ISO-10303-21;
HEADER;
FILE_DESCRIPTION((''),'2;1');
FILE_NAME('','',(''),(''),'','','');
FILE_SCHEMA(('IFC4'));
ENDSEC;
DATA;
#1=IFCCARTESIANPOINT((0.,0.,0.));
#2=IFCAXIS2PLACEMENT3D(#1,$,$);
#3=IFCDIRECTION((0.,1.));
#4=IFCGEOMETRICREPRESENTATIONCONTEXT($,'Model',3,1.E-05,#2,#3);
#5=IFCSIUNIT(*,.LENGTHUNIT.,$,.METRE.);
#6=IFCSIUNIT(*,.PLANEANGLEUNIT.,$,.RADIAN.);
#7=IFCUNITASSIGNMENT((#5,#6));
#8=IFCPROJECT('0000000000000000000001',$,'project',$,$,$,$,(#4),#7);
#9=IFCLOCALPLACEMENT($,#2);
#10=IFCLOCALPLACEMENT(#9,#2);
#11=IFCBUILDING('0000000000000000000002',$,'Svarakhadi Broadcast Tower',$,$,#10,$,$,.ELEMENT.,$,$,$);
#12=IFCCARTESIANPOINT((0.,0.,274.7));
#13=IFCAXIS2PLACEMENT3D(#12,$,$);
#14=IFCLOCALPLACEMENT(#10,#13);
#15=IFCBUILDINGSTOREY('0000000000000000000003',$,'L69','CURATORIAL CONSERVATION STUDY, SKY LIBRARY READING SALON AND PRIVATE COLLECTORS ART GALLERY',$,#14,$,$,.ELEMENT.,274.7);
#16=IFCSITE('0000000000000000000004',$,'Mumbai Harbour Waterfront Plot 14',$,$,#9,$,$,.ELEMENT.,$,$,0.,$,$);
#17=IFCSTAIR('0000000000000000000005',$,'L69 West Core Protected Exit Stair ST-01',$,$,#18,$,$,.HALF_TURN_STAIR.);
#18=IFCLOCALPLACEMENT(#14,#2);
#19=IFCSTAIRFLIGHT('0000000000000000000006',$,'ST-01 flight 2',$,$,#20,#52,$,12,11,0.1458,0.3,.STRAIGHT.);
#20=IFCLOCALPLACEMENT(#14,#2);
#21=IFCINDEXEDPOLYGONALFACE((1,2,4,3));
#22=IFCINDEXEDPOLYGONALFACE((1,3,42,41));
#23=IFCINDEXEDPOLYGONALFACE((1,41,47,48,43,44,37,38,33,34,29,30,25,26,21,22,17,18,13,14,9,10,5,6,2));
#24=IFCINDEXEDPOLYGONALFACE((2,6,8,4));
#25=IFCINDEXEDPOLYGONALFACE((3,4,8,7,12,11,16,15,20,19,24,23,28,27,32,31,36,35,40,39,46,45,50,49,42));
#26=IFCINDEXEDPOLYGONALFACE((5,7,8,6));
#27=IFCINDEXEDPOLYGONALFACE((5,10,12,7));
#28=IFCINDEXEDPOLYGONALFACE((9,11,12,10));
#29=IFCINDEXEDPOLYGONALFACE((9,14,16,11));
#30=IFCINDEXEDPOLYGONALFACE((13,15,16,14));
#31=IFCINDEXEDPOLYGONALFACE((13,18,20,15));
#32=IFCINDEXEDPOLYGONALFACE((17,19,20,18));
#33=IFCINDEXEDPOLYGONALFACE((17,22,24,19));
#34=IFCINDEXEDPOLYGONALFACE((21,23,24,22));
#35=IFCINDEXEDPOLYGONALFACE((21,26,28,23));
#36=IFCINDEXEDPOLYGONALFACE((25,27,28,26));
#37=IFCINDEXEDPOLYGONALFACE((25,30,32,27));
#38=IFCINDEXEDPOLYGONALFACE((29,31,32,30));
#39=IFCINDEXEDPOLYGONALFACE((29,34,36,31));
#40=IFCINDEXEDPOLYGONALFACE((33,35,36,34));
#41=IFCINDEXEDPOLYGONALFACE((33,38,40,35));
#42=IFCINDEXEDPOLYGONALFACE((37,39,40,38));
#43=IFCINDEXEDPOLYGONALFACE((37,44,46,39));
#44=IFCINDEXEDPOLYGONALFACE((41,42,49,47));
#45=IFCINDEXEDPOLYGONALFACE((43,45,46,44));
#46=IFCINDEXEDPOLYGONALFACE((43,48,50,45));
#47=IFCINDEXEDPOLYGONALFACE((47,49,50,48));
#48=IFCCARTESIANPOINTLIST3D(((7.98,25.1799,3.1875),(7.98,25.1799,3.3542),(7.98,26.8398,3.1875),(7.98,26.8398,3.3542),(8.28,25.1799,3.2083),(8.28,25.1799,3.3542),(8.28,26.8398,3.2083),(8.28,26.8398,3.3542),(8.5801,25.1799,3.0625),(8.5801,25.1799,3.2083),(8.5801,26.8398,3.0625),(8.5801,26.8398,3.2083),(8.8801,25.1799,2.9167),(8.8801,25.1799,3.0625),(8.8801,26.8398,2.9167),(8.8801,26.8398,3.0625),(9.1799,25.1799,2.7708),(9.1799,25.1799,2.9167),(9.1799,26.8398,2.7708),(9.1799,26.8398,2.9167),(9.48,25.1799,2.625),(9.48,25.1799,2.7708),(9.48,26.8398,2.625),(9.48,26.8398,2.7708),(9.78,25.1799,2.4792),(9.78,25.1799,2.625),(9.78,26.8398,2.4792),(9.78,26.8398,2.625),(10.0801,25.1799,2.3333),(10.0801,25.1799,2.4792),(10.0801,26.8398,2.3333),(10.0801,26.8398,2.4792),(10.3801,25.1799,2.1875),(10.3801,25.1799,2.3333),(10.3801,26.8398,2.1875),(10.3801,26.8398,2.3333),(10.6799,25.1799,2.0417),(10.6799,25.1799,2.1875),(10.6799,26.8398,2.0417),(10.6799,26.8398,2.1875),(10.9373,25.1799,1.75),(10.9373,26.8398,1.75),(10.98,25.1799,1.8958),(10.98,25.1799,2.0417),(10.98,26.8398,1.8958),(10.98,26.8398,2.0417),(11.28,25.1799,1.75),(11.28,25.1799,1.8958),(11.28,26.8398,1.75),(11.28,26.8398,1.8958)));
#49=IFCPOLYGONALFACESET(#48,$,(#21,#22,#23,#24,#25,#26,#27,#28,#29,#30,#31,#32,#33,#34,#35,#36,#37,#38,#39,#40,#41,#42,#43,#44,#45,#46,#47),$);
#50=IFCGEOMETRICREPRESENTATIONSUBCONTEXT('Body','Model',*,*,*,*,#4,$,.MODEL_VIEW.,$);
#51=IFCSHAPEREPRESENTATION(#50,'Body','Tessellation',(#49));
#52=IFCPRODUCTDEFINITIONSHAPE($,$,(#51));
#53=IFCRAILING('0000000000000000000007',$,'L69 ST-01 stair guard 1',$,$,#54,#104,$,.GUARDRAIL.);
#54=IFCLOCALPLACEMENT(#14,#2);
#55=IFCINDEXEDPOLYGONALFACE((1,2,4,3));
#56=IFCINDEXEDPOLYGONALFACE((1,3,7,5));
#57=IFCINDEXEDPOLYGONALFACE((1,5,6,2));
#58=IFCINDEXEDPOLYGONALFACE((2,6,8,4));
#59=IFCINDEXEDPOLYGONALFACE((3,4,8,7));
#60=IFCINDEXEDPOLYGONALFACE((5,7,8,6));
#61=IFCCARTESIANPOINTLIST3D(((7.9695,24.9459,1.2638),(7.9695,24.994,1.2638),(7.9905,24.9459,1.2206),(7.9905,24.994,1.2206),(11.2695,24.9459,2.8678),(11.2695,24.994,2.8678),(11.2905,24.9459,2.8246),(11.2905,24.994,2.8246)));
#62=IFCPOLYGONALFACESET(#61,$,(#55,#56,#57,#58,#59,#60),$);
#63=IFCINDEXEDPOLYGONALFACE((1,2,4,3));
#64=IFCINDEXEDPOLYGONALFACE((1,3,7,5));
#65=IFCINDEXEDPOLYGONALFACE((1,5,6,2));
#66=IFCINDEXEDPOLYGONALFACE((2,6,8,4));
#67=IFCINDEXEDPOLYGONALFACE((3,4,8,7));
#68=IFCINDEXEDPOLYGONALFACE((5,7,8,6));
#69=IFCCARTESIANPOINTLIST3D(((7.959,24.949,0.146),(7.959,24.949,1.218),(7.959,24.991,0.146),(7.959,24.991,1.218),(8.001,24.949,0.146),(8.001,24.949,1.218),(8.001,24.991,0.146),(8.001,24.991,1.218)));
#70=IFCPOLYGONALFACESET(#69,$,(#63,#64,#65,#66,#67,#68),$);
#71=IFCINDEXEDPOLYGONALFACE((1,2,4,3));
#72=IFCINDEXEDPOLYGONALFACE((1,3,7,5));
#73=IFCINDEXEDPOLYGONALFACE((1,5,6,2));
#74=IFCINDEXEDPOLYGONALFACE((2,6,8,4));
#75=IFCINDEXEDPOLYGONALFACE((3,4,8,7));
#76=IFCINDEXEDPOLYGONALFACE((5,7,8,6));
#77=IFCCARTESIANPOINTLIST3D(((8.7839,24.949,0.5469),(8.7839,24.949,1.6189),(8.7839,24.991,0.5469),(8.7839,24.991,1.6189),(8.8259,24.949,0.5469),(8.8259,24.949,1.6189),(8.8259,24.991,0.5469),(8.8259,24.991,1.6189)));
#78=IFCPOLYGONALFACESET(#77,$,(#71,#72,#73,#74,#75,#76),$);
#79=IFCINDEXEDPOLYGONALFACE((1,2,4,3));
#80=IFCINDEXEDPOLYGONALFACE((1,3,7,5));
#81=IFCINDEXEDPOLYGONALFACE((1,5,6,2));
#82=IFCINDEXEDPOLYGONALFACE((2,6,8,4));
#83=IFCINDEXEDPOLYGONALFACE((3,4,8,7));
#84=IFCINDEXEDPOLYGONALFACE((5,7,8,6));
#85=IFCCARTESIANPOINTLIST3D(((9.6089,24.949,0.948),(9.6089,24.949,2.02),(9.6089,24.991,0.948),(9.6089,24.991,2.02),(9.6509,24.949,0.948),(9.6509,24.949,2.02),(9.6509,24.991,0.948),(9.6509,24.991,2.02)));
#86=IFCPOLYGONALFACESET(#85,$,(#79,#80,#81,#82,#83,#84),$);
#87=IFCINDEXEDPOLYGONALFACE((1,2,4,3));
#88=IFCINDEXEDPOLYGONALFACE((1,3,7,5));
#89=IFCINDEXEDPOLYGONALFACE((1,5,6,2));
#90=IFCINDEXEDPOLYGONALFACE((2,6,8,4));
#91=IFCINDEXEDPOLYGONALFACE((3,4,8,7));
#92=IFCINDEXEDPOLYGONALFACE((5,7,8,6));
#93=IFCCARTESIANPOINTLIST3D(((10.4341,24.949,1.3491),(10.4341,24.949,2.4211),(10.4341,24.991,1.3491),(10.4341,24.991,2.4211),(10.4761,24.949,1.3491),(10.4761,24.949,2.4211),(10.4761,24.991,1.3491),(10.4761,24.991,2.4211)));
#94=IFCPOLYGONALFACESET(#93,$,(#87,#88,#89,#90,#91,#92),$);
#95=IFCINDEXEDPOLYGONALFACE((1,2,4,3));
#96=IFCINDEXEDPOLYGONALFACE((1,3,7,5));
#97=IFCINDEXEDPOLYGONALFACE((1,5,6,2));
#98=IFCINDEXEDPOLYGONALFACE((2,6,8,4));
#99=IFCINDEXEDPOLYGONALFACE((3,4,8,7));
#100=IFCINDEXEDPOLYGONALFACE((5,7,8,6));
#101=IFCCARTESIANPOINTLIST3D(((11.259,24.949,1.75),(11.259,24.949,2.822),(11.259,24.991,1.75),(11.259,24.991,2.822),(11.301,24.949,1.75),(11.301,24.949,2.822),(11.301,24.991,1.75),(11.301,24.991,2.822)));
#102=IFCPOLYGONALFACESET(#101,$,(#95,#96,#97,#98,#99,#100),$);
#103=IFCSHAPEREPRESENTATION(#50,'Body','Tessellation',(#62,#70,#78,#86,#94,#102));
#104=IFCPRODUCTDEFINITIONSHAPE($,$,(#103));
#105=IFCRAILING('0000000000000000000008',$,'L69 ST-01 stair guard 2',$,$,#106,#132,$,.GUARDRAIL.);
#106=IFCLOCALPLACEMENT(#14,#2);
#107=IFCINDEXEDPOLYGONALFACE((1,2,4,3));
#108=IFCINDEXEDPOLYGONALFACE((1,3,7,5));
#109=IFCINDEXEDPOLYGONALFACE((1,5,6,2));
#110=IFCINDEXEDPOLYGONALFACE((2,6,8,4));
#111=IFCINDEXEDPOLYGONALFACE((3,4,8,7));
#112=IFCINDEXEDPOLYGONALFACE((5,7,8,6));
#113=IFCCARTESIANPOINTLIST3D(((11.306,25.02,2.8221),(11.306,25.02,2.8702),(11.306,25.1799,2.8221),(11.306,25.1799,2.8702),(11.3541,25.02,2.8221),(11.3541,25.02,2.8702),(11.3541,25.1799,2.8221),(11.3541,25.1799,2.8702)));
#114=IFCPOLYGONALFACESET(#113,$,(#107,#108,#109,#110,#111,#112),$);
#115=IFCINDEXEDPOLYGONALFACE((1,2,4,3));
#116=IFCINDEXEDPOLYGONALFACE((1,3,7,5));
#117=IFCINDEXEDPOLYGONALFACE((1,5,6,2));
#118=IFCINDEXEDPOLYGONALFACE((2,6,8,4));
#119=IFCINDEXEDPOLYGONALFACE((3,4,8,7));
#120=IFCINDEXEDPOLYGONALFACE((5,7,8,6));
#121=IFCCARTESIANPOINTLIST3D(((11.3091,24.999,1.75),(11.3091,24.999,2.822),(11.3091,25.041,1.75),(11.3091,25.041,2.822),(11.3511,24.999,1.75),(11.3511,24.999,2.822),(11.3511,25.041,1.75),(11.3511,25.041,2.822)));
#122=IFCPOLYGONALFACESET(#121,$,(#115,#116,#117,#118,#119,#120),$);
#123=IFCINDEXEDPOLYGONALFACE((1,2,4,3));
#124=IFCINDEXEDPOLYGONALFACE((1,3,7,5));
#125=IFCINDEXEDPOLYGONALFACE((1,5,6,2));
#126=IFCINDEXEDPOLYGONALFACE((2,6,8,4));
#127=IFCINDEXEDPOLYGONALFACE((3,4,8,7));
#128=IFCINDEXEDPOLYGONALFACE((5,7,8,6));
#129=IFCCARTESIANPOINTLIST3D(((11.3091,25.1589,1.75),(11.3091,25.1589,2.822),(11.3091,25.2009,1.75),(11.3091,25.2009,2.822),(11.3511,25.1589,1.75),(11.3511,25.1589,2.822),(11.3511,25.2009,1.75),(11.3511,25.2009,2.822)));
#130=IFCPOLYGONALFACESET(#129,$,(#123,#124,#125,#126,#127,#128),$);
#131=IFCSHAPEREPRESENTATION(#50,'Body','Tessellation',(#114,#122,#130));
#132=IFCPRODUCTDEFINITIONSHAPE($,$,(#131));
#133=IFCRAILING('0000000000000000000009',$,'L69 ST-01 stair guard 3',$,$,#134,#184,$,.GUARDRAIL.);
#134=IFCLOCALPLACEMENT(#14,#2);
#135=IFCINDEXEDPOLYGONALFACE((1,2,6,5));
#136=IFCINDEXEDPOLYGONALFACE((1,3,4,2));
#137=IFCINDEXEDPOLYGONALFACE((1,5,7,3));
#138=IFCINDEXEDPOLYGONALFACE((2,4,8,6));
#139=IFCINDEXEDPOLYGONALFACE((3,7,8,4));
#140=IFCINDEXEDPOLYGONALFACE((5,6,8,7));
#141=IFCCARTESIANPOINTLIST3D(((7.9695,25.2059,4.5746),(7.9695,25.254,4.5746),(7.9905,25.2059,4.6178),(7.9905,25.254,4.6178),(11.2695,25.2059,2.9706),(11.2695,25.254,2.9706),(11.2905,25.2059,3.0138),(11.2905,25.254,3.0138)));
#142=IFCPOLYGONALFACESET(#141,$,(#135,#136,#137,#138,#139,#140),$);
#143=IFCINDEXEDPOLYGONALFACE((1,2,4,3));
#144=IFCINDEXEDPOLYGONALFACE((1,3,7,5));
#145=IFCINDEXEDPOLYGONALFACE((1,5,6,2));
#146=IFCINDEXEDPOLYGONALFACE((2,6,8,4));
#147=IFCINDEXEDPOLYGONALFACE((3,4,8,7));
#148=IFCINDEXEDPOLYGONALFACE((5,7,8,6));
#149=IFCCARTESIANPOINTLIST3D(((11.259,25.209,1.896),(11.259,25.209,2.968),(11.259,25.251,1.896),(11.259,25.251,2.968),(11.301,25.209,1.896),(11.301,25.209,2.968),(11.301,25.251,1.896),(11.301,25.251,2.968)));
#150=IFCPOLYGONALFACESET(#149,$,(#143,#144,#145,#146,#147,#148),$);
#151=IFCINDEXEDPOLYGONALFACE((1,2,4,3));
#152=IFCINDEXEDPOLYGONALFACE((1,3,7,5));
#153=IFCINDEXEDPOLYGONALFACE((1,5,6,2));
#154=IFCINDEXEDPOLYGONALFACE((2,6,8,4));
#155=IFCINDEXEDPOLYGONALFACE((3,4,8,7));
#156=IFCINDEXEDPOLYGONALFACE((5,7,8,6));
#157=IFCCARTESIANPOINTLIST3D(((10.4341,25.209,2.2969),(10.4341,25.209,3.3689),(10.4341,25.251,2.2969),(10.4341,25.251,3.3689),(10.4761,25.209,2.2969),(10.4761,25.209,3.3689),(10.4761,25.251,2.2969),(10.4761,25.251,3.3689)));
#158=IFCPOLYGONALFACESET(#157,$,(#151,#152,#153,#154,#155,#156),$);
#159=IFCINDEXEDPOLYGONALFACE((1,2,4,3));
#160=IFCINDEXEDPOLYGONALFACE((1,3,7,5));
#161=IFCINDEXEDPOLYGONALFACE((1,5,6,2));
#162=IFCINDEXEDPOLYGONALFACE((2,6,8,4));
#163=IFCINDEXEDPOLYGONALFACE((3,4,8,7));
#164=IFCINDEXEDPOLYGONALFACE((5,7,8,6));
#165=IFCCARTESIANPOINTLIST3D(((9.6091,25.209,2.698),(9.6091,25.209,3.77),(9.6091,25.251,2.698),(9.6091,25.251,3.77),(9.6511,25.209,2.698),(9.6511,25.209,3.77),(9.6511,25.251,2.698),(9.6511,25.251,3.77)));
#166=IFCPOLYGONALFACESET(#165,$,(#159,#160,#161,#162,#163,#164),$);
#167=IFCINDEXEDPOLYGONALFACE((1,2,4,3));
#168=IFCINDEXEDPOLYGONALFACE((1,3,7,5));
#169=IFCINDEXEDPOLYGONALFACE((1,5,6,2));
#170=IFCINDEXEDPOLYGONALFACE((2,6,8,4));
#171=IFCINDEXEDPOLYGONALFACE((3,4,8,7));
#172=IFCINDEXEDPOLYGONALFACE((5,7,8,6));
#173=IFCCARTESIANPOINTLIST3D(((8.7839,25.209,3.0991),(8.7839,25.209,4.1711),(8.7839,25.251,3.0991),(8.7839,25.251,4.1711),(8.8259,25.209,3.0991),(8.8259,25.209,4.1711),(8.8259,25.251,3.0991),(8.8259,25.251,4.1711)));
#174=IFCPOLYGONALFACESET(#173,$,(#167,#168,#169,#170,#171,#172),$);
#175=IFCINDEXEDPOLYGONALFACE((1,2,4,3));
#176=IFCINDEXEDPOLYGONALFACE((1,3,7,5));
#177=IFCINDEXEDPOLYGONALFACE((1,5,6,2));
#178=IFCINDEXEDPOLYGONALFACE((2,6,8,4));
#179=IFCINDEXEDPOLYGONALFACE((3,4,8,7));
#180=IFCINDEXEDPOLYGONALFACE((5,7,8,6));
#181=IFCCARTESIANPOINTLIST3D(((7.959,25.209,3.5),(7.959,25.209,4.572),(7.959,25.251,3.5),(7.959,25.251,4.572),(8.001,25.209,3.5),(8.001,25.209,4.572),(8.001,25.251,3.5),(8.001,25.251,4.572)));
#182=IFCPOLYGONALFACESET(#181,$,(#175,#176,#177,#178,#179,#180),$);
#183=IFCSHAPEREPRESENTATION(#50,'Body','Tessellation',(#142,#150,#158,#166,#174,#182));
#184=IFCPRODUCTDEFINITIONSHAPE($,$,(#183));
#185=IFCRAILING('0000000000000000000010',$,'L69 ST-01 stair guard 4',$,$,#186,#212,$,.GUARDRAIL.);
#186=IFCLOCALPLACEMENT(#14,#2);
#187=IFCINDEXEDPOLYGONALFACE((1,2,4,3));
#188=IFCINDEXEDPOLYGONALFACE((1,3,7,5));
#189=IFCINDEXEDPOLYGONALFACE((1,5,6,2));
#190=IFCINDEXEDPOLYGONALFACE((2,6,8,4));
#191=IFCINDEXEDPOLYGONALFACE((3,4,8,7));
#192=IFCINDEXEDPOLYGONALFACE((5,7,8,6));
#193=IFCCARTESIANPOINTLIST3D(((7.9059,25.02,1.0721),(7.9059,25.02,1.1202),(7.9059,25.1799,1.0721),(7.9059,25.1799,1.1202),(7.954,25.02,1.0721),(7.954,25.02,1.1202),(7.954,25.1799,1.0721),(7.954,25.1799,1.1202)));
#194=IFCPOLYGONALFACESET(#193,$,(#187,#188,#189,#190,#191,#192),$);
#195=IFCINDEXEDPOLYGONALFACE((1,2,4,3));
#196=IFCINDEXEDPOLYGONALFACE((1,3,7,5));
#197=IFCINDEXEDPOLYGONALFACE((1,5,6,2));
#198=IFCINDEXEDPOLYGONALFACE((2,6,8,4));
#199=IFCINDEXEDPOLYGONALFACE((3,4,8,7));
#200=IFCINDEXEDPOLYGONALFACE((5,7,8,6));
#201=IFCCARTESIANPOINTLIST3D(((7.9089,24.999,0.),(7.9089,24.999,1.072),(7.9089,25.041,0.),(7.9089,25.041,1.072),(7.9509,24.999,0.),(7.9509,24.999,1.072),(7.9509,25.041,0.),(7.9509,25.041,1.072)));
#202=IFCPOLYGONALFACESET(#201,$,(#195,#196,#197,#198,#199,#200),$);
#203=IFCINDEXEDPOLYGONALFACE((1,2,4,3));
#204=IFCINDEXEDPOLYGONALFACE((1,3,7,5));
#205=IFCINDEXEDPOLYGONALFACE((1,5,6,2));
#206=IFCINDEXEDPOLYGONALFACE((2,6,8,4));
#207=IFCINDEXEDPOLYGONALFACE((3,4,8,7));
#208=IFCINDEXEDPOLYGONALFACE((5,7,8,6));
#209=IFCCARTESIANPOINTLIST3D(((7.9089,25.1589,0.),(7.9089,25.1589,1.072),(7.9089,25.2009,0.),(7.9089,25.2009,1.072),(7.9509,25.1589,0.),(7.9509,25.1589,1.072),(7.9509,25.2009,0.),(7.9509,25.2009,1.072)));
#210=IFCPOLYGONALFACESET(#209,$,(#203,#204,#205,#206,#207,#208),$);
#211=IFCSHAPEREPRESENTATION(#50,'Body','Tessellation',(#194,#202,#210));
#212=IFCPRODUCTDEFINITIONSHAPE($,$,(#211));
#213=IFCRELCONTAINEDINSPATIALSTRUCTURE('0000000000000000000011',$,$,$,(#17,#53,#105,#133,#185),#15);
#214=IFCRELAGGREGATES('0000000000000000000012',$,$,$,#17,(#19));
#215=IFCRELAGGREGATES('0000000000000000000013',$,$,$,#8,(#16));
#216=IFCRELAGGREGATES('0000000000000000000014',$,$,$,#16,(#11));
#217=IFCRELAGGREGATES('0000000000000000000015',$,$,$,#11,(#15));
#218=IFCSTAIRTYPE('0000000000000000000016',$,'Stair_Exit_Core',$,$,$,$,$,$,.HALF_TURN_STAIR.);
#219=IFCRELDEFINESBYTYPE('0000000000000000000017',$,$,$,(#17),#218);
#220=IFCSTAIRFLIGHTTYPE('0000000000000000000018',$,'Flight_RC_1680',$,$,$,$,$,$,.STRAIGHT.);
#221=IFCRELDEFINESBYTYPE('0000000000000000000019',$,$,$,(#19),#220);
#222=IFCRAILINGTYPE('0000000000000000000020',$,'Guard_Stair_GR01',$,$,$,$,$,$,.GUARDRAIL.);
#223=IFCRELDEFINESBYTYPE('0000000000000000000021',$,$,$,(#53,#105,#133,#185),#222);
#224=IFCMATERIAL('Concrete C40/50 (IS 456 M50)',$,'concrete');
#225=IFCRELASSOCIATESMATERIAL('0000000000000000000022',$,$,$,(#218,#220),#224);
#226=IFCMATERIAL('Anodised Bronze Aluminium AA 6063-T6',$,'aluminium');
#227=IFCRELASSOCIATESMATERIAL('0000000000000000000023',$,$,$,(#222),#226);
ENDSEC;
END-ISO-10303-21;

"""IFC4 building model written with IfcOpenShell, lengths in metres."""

from ifc_helpers import new_model, si_unit, direction, frame, origin, origin_2d, place, context, subcontext, project, spatial, polyline, rectangle, outline, extrude, material, type_object, element, aggregate, save


model = new_model("IFC4")

# Units and contexts
model_context = context("Model", 3, precision=1e-05, world=origin(), true_north=direction((0.0, 1.0)))
body_context = subcontext(model_context, "Body", "Model", "MODEL_VIEW")
ifc_project = project(units=[si_unit("LENGTHUNIT", "METRE"), si_unit("PLANEANGLEUNIT", "RADIAN")], contexts=[model_context])

# Site, building, storey
site_placement = place(None, origin())
site = spatial("IfcSite", under=ifc_project, at=site_placement, Name="Mumbai Harbour Waterfront Plot 14", CompositionType="ELEMENT", RefElevation=0.0)
building_placement = place(site_placement, origin())
building = spatial("IfcBuilding", under=site, at=building_placement, Name="Svarakhadi Broadcast Tower", CompositionType="ELEMENT")
storey_placement = place(building_placement, frame((0.0, 0.0, 274.7)))
storey = spatial("IfcBuildingStorey", under=building, at=storey_placement, Name="L69", Description="CURATORIAL CONSERVATION STUDY, SKY LIBRARY READING SALON AND PRIVATE COLLECTORS ART GALLERY", CompositionType="ELEMENT", Elevation=274.7)

# Shared definitions
ifc_material_1 = material(Name="Anodised Bronze Aluminium AA 6063-T6", Category="aluminium")

# Shared definitions
ifc_material_2 = material(Name="Concrete C40/50 (IS 456 M50)", Category="concrete")

# Stair, stair flight
stair_type = type_object("IfcStairType", Name="Stair_Exit_Core", PredefinedType="HALF_TURN_STAIR", material=ifc_material_2)
stair_placement = place(storey_placement, origin())
stair = element("IfcStair", 1, at=stair_placement, inside=storey, type_object=stair_type, Name="L69 West Core Protected Exit Stair ST-01", PredefinedType="HALF_TURN_STAIR")
stair_flight_type = type_object("IfcStairFlightType", Name="Flight_RC_1680", PredefinedType="STRAIGHT", material=ifc_material_2)
stair_flight_1_placement = place(storey_placement, frame((11.28, 26.01, 1.75), z_axis=(0.0, 0.0, 1.0), x_axis=(-1.0, 0.0, 0.0)))
stair_flight_1 = element("IfcStairFlight", 2, at=stair_flight_1_placement, type_object=stair_flight_type, Name="ST-01 flight 2", NumberOfRisers=12, NumberOfTreads=11, PredefinedType="STRAIGHT", RiserHeight=0.1458, TreadLength=0.3, context=body_context, shape_type="SweptSolid", body=[
    extrude(outline(polyline([(0.0, 0.0), (0.0, 0.1458), (0.3, 0.1458), (0.3, 0.2917), (0.6001, 0.2917), (0.6001, 0.4375), (0.8999, 0.4375), (0.8999, 0.5833), (1.2, 0.5833), (1.2, 0.7292), (1.5, 0.7292), (1.5, 0.875), (1.8, 0.875), (1.8, 1.0208), (2.1001, 1.0208), (2.1001, 1.1667), (2.3999, 1.1667), (2.3999, 1.3125), (2.7, 1.3125), (2.7, 1.4583), (3.0, 1.4583), (3.0, 1.6042), (3.3, 1.6042), (3.3, 1.75), (3.3, 1.4375), (0.3428, 0.0), (0.0, 0.0)])), frame((0.0, 0.8301, 0.0), z_axis=(0.0, -1.0, 0.0), x_axis=(1.0, 0.0, 0.0)), (0.0, 0.0, 1.0), 1.6599),
])
aggregate(stair, [stair_flight_1])

# Railings
railing_type_1 = type_object("IfcRailingType", Name="Guard_Stair_GR01", PredefinedType="GUARDRAIL", material=ifc_material_1)
railing_1_placement = place(storey_placement, frame((7.98, 24.97, 0.146)))
element("IfcRailing", 3, at=railing_1_placement, inside=storey, type_object=railing_type_1, Name="L69 ST-01 stair guard 1", PredefinedType="GUARDRAIL", context=body_context, shape_type="SweptSolid", body=[
    extrude(rectangle(XDim=0.0481, YDim=0.0481, at=origin_2d()), frame((0.0, 0.0, 1.0962), z_axis=(0.899388, 0.0, 0.437152), x_axis=(0.0, 1.0, 0.0)), (0.0, 0.0, 1.0), 3.6692),
    extrude(rectangle(XDim=0.042, YDim=0.042, at=origin_2d()), origin(), (0.0, 0.0, 1.0), 1.072),
    extrude(rectangle(XDim=0.042, YDim=0.042, at=origin_2d()), frame((0.825, 0.0, 0.4009)), (0.0, 0.0, 1.0), 1.072),
    extrude(rectangle(XDim=0.042, YDim=0.042, at=origin_2d()), frame((1.6499, 0.0, 0.802)), (0.0, 0.0, 1.0), 1.072),
    extrude(rectangle(XDim=0.042, YDim=0.042, at=origin_2d()), frame((2.4751, 0.0, 1.2031)), (0.0, 0.0, 1.0), 1.072),
    extrude(rectangle(XDim=0.042, YDim=0.042, at=origin_2d()), frame((3.3, 0.0, 1.604)), (0.0, 0.0, 1.0), 1.072),
])
railing_2_placement = place(storey_placement, frame((11.3301, 25.02, 1.75)))
element("IfcRailing", 4, at=railing_2_placement, inside=storey, type_object=railing_type_1, Name="L69 ST-01 stair guard 2", PredefinedType="GUARDRAIL", context=body_context, shape_type="SweptSolid", body=[
    extrude(rectangle(XDim=0.0481, YDim=0.0481, at=origin_2d()), frame((0.0, 0.0, 1.0962), z_axis=(0.0, 1.0, 0.0), x_axis=(-1.0, 0.0, 0.0)), (0.0, 0.0, 1.0), 0.1599),
    extrude(rectangle(XDim=0.042, YDim=0.042, at=origin_2d()), origin(), (0.0, 0.0, 1.0), 1.072),
    extrude(rectangle(XDim=0.042, YDim=0.042, at=origin_2d()), frame((0.0, 0.1599, 0.0)), (0.0, 0.0, 1.0), 1.072),
])
railing_3_placement = place(storey_placement, frame((11.28, 25.23, 1.896)))
element("IfcRailing", 5, at=railing_3_placement, inside=storey, type_object=railing_type_1, Name="L69 ST-01 stair guard 3", PredefinedType="GUARDRAIL", context=body_context, shape_type="SweptSolid", body=[
    extrude(rectangle(XDim=0.0481, YDim=0.0481, at=origin_2d()), frame((0.0, 0.0, 1.0962), z_axis=(-0.899388, 0.0, 0.437152), x_axis=(0.0, -1.0, 0.0)), (0.0, 0.0, 1.0), 3.6692),
    extrude(rectangle(XDim=0.042, YDim=0.042, at=origin_2d()), origin(), (0.0, 0.0, 1.0), 1.072),
    extrude(rectangle(XDim=0.042, YDim=0.042, at=origin_2d()), frame((-0.825, 0.0, 0.4009)), (0.0, 0.0, 1.0), 1.072),
    extrude(rectangle(XDim=0.042, YDim=0.042, at=origin_2d()), frame((-1.6499, 0.0, 0.802)), (0.0, 0.0, 1.0), 1.072),
    extrude(rectangle(XDim=0.042, YDim=0.042, at=origin_2d()), frame((-2.4751, 0.0, 1.2031)), (0.0, 0.0, 1.0), 1.072),
    extrude(rectangle(XDim=0.042, YDim=0.042, at=origin_2d()), frame((-3.3, 0.0, 1.604)), (0.0, 0.0, 1.0), 1.072),
])
railing_4_placement = place(storey_placement, frame((7.9299, 25.02, 0.0)))
element("IfcRailing", 6, at=railing_4_placement, inside=storey, type_object=railing_type_1, Name="L69 ST-01 stair guard 4", PredefinedType="GUARDRAIL", context=body_context, shape_type="SweptSolid", body=[
    extrude(rectangle(XDim=0.0481, YDim=0.0481, at=origin_2d()), frame((0.0, 0.0, 1.0962), z_axis=(0.0, 1.0, 0.0), x_axis=(-1.0, 0.0, 0.0)), (0.0, 0.0, 1.0), 0.1599),
    extrude(rectangle(XDim=0.042, YDim=0.042, at=origin_2d()), origin(), (0.0, 0.0, 1.0), 1.072),
    extrude(rectangle(XDim=0.042, YDim=0.042, at=origin_2d()), frame((0.0, 0.1599, 0.0)), (0.0, 0.0, 1.0), 1.072),
])

save(model, "model.ifc")
